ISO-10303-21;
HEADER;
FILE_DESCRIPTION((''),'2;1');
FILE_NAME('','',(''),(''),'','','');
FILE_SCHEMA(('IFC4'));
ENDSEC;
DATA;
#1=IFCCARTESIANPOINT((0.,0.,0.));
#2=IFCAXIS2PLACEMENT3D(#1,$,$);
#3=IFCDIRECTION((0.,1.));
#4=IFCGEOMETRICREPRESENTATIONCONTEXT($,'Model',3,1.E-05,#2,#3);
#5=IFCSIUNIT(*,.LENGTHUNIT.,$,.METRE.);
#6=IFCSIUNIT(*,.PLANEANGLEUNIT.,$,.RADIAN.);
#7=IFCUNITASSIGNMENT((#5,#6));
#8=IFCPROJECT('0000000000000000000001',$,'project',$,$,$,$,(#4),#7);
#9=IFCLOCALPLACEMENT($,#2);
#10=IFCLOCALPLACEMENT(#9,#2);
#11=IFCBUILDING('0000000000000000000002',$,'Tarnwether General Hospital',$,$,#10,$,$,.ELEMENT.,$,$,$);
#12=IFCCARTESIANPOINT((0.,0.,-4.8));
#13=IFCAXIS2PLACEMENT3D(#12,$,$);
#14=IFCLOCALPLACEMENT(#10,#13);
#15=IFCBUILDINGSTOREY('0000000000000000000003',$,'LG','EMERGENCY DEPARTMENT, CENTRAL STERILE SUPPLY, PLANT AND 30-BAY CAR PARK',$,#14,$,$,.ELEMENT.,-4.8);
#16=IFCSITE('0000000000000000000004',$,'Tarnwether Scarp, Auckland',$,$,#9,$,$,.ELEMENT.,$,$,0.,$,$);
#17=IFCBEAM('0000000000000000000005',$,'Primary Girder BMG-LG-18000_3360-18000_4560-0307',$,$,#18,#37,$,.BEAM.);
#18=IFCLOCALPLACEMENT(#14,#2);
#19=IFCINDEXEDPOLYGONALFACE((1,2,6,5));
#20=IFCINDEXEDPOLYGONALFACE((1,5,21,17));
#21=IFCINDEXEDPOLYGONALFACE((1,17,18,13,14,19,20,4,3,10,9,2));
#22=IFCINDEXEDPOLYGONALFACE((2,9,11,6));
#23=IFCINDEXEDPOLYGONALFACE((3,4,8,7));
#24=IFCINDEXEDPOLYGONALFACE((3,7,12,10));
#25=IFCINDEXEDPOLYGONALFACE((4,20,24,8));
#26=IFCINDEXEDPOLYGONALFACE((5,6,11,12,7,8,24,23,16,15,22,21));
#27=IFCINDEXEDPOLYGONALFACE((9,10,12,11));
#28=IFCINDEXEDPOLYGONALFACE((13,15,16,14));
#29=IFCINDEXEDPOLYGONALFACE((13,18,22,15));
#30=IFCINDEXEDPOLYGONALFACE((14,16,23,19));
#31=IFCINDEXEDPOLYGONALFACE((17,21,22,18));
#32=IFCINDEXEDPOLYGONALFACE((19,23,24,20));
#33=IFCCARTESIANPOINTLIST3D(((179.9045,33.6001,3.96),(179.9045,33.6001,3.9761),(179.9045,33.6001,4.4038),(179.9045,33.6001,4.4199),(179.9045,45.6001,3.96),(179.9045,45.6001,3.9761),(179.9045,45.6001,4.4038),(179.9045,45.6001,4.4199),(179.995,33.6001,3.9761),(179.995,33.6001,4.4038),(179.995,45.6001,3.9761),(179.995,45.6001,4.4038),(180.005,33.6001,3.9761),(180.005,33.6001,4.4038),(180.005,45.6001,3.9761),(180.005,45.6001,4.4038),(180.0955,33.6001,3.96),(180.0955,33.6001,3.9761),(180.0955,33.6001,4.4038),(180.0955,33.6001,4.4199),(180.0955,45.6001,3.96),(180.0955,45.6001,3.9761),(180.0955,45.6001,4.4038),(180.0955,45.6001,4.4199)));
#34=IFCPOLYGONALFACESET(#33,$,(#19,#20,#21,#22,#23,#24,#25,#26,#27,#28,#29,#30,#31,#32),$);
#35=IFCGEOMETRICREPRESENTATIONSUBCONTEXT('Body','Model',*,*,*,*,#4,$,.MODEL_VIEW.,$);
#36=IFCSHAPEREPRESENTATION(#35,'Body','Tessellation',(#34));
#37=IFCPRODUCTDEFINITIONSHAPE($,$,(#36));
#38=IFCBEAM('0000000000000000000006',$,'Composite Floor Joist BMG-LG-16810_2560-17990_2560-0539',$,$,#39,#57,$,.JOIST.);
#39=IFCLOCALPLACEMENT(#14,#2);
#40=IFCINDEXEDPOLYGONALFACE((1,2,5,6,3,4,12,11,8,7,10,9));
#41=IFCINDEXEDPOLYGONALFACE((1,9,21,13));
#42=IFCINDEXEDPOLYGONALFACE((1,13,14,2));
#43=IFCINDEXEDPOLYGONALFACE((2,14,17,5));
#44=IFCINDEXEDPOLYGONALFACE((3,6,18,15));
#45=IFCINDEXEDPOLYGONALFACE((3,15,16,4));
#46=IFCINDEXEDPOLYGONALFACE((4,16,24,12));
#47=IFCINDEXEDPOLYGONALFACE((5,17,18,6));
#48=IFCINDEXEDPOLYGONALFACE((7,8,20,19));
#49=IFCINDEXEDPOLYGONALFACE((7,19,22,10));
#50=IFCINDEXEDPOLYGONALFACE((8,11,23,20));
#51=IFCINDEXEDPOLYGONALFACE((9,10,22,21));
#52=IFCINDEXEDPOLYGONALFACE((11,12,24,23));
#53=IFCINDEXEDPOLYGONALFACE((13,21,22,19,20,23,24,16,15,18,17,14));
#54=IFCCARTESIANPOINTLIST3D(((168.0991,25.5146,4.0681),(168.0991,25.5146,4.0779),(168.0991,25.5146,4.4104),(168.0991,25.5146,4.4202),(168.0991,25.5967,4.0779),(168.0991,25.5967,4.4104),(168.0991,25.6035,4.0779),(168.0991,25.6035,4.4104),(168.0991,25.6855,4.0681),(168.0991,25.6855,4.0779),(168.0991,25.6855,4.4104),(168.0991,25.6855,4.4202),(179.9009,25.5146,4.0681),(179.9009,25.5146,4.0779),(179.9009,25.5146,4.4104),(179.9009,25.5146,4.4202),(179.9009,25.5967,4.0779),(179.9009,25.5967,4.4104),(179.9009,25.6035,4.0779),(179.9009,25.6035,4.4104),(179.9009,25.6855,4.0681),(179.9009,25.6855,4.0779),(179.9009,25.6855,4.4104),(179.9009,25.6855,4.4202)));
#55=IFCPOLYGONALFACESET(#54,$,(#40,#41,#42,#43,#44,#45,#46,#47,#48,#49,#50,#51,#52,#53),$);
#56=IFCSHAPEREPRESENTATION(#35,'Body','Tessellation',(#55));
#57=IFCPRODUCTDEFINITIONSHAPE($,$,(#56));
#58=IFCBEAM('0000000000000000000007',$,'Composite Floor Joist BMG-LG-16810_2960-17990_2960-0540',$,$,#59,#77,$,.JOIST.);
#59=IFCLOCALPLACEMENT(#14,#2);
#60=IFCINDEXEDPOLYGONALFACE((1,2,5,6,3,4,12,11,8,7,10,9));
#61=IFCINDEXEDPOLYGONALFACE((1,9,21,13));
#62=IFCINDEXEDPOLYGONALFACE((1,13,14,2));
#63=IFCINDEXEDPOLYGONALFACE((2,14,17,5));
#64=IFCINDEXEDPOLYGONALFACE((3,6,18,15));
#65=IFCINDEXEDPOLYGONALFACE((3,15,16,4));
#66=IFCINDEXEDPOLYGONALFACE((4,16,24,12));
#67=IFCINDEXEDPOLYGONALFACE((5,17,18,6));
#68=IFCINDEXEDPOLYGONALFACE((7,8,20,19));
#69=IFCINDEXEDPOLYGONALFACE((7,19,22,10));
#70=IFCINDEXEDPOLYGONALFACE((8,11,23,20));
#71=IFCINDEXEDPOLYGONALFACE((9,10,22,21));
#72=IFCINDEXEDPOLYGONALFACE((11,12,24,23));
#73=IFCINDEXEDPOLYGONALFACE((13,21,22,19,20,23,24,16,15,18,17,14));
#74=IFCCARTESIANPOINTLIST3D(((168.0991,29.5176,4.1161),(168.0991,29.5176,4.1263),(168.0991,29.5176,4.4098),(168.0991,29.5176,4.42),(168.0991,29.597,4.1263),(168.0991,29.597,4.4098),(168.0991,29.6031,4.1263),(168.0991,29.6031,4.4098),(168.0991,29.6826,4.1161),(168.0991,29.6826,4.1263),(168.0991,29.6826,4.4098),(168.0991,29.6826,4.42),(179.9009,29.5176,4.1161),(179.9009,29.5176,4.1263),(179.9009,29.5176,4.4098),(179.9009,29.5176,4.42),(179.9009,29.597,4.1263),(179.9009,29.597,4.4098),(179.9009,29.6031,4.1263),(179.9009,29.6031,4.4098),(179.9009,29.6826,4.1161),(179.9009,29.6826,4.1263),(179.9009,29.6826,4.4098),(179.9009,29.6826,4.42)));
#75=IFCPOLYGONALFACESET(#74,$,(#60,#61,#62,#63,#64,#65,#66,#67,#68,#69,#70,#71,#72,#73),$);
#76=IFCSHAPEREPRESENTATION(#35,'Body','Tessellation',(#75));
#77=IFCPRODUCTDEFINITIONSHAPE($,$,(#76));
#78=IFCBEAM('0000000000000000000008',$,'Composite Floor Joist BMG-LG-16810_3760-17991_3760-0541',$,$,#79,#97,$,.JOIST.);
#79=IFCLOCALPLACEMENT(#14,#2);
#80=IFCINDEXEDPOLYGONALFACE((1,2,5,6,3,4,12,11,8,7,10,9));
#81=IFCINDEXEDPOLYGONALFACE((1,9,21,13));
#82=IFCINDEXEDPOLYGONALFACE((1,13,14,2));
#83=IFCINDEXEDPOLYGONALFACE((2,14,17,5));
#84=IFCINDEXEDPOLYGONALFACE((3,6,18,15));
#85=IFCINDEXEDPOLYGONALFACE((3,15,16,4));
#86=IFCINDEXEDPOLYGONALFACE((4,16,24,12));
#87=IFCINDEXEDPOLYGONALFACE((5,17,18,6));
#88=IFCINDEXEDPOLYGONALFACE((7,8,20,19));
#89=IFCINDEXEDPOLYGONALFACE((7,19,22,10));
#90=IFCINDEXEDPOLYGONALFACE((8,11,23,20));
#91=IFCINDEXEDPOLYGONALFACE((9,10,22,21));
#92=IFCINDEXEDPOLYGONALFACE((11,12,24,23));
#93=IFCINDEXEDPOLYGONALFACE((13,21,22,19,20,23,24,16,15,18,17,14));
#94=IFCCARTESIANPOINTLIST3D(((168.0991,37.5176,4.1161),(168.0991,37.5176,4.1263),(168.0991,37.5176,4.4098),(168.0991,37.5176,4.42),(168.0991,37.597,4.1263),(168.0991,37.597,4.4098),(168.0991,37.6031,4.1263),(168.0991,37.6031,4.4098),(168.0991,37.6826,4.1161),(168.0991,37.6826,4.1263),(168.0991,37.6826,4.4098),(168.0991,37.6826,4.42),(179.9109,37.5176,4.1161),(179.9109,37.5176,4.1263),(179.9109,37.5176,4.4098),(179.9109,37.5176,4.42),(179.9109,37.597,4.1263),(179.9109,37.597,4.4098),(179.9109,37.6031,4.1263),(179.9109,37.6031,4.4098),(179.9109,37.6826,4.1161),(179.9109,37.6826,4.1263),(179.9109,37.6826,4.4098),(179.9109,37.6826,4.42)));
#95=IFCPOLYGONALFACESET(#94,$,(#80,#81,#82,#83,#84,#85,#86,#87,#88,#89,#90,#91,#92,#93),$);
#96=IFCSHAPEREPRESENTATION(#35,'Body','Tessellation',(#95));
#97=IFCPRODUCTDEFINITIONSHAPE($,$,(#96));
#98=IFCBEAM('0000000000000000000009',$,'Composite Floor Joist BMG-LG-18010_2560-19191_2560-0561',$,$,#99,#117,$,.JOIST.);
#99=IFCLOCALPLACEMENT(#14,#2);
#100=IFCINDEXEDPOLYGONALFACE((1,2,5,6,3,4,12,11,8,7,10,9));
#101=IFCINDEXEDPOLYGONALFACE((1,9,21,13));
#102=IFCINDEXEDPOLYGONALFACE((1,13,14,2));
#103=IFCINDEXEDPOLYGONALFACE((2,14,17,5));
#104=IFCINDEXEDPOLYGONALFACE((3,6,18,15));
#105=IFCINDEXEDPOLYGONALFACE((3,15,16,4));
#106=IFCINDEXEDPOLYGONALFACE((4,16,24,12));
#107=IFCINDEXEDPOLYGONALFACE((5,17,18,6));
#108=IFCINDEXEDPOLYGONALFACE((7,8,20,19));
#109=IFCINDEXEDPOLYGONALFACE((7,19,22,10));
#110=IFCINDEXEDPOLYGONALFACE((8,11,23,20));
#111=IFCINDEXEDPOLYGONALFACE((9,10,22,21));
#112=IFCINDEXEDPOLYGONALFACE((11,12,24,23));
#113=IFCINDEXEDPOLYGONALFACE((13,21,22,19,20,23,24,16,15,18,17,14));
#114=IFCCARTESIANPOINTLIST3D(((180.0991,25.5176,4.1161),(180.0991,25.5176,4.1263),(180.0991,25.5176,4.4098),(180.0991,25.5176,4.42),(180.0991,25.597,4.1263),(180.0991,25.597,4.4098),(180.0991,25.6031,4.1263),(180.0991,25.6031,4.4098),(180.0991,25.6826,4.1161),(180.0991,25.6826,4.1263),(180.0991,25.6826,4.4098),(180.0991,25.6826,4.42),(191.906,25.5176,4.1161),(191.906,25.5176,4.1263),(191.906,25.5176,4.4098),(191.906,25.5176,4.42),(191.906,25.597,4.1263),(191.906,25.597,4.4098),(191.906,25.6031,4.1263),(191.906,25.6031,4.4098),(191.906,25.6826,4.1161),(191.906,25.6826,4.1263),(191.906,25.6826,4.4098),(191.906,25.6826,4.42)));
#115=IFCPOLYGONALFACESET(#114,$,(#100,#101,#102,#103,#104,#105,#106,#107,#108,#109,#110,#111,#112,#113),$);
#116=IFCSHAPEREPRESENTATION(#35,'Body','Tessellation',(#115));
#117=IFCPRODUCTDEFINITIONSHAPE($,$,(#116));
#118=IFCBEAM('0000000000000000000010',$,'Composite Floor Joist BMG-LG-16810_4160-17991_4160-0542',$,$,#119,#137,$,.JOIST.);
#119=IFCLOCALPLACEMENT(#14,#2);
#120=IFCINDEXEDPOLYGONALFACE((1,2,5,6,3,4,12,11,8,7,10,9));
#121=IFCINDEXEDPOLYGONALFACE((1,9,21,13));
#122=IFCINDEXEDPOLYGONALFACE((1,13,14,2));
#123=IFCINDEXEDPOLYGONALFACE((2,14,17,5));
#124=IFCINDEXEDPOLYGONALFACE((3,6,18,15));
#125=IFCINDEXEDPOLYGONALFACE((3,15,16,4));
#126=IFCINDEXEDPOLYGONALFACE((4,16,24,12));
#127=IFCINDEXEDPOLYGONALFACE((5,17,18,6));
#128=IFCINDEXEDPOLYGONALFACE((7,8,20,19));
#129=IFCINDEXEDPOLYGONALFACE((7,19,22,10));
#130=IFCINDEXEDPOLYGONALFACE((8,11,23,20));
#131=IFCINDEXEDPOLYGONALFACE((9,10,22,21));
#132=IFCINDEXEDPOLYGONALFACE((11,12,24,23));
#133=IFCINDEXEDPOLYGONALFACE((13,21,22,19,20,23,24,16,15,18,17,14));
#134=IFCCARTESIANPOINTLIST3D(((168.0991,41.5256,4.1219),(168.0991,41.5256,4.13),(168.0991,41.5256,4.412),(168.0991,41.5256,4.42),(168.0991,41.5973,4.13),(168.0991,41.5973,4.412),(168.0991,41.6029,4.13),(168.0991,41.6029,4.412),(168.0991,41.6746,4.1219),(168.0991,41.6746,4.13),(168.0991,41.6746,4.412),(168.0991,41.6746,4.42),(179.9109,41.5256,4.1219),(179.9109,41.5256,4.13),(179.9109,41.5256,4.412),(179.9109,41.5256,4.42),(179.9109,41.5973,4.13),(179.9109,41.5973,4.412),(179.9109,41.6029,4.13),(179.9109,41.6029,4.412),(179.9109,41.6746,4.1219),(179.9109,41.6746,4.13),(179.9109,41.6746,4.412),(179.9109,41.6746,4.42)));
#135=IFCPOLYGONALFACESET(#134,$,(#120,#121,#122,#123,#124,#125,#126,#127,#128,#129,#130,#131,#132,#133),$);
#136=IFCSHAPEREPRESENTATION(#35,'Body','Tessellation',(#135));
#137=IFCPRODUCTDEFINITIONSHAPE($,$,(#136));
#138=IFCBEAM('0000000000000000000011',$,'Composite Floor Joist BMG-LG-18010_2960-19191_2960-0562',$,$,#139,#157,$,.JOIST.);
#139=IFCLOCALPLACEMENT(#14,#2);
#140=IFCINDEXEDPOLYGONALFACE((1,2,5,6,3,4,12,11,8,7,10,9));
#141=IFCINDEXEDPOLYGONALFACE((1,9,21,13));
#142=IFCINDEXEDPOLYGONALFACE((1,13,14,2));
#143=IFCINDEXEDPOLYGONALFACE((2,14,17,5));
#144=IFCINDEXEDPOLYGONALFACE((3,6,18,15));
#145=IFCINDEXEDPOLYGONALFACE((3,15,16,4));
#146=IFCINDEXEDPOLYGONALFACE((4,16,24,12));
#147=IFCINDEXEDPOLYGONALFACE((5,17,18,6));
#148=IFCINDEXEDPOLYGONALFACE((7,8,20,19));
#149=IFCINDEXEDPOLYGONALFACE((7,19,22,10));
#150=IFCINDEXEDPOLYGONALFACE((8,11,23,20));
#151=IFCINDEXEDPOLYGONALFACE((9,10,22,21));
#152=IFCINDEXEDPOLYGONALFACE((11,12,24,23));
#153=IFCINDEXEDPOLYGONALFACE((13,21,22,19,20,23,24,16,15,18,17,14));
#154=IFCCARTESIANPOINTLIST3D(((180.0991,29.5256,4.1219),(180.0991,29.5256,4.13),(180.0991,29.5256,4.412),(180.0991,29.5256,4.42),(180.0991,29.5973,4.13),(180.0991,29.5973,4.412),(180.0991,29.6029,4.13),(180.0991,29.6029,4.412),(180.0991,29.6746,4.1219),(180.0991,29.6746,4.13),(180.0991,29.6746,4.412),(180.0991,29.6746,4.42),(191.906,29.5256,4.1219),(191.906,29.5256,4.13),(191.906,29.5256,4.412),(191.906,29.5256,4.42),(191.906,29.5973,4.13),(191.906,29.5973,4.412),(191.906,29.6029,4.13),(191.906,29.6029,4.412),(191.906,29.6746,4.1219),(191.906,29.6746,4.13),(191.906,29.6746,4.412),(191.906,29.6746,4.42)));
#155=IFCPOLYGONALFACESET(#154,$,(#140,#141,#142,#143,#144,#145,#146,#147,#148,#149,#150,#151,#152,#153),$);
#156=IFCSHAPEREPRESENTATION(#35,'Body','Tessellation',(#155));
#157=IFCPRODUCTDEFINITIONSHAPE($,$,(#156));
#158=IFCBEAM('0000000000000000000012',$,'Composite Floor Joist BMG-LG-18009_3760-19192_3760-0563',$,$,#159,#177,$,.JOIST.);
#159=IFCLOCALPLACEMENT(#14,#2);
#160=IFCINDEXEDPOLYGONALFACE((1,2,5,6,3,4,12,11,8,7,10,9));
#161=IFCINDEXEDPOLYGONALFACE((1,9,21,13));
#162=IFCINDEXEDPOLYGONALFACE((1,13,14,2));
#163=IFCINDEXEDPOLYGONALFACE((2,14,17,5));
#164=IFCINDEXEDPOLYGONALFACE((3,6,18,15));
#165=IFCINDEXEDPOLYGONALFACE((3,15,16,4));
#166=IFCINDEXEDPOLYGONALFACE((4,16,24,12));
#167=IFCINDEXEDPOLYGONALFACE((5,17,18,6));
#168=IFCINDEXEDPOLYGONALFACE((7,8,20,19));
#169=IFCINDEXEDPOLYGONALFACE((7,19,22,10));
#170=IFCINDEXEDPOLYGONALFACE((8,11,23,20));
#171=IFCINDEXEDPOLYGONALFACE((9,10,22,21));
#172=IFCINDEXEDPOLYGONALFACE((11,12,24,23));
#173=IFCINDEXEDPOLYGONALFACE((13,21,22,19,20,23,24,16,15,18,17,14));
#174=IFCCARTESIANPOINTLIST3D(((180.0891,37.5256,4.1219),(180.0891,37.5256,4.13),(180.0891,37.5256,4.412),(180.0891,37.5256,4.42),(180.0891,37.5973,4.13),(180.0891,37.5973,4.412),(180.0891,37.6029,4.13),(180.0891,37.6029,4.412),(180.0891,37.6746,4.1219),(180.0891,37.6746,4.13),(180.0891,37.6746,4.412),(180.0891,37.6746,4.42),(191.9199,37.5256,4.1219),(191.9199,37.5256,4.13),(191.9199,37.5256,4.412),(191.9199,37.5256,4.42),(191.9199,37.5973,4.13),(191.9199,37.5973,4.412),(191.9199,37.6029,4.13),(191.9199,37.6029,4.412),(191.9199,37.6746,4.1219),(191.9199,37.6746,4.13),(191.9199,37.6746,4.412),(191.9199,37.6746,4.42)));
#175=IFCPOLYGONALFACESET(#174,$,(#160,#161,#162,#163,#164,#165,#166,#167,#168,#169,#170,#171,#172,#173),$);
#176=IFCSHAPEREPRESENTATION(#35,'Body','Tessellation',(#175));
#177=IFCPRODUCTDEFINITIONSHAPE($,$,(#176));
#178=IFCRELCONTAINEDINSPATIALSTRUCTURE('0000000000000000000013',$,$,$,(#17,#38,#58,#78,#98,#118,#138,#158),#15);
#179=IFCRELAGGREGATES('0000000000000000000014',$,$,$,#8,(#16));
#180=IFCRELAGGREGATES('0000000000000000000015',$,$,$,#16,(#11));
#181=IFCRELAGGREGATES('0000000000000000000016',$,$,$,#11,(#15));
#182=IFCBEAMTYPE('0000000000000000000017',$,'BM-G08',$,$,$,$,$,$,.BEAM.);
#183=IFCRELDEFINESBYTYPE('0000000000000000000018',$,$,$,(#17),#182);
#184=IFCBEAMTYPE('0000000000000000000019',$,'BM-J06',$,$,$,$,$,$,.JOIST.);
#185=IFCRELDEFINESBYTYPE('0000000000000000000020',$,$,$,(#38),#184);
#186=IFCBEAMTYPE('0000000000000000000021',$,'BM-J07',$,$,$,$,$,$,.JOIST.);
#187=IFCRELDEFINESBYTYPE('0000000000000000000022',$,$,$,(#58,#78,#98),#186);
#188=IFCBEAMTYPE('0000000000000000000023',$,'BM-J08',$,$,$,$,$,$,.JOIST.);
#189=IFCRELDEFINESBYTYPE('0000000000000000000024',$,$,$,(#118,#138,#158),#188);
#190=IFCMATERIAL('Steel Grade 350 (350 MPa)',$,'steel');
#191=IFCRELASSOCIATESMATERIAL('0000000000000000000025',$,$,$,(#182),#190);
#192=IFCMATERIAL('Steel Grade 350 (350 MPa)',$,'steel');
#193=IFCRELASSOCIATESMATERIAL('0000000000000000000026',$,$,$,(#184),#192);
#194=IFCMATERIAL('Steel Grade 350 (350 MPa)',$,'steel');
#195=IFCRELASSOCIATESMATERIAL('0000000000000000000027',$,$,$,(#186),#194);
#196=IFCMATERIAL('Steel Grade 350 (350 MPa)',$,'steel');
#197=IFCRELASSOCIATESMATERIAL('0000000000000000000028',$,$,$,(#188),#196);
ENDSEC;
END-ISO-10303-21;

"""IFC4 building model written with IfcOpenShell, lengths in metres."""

from ifc_helpers import new_model, si_unit, direction, frame, origin, origin_2d, place, context, subcontext, project, spatial, i_section, extrude, material, material_profile, profile_set, type_object, element, save


model = new_model("IFC4")

# Units and contexts
model_context = context("Model", 3, precision=1e-05, world=origin(), true_north=direction((0.0, 1.0)))
body_context = subcontext(model_context, "Body", "Model", "MODEL_VIEW")
ifc_project = project(units=[si_unit("LENGTHUNIT", "METRE"), si_unit("PLANEANGLEUNIT", "RADIAN")], contexts=[model_context])

# Site, building, storey
site_placement = place(None, origin())
site = spatial("IfcSite", under=ifc_project, at=site_placement, Name="Tarnwether Scarp, Auckland", CompositionType="ELEMENT", RefElevation=0.0)
building_placement = place(site_placement, origin())
building = spatial("IfcBuilding", under=site, at=building_placement, Name="Tarnwether General Hospital", CompositionType="ELEMENT")
storey_placement = place(building_placement, frame((0.0, 0.0, -4.8)))
storey = spatial("IfcBuildingStorey", under=building, at=storey_placement, Name="LG", Description="EMERGENCY DEPARTMENT, CENTRAL STERILE SUPPLY, PLANT AND 30-BAY CAR PARK", CompositionType="ELEMENT", Elevation=-4.8)

# Beams
ifc_material_1 = material(Name="Steel Grade 350 (350 MPa)", Category="steel")
ifc_material_profile_1 = material_profile(ifc_material_1, i_section(OverallWidth=0.1909, OverallDepth=0.46, WebThickness=0.01, FlangeThickness=0.0161, at=origin_2d()), Name="460UB82.1")
ifc_profile_set_1 = profile_set([ifc_material_profile_1], Name="Steel Grade 350 (350 MPa)")
beam_type_1 = type_object("IfcBeamType", Name="BM-G08", PredefinedType="BEAM", material=ifc_profile_set_1)
beam_1_placement = place(storey_placement, frame((180.0, 33.6001, 4.1899), z_axis=(0.0, 1.0, 0.0), x_axis=(-1.0, 0.0, 0.0)))
element("IfcBeam", 1, at=beam_1_placement, inside=storey, type_object=beam_type_1, Name="Primary Girder BMG-LG-18000_3360-18000_4560-0307", PredefinedType="BEAM", context=body_context, shape_type="SweptSolid", body=[
    extrude(i_section(OverallWidth=0.1909, OverallDepth=0.46, WebThickness=0.01, FlangeThickness=0.0161, at=origin_2d()), origin(), (0.0, 0.0, 1.0), 12.0),
])
ifc_material_2 = material(Name="Steel Grade 350 (350 MPa)", Category="steel")
ifc_material_profile_2 = material_profile(ifc_material_2, i_section(OverallWidth=0.1709, OverallDepth=0.3521, WebThickness=0.0068, FlangeThickness=0.0098, at=origin_2d()), Name="360UB44.7")
ifc_profile_set_2 = profile_set([ifc_material_profile_2], Name="Steel Grade 350 (350 MPa)")
beam_type_2 = type_object("IfcBeamType", Name="BM-J06", PredefinedType="JOIST", material=ifc_profile_set_2)
beam_2_placement = place(storey_placement, frame((168.0991, 25.6001, 4.2441), z_axis=(1.0, 0.0, 0.0), x_axis=(0.0, 1.0, 0.0)))
element("IfcBeam", 2, at=beam_2_placement, inside=storey, type_object=beam_type_2, Name="Composite Floor Joist BMG-LG-16810_2560-17990_2560-0539", PredefinedType="JOIST", context=body_context, shape_type="SweptSolid", body=[
    extrude(i_section(OverallWidth=0.1709, OverallDepth=0.3521, WebThickness=0.0068, FlangeThickness=0.0098, at=origin_2d()), origin(), (0.0, 0.0, 1.0), 11.8018),
])
ifc_material_3 = material(Name="Steel Grade 350 (350 MPa)", Category="steel")
ifc_material_profile_3 = material_profile(ifc_material_3, i_section(OverallWidth=0.165, OverallDepth=0.304, WebThickness=0.0061, FlangeThickness=0.0103, at=origin_2d()), Name="310UB40.4")
ifc_profile_set_3 = profile_set([ifc_material_profile_3], Name="Steel Grade 350 (350 MPa)")
beam_type_3 = type_object("IfcBeamType", Name="BM-J07", PredefinedType="JOIST", material=ifc_profile_set_3)
beam_3_placement = place(storey_placement, frame((168.0991, 29.6001, 4.2681), z_axis=(1.0, 0.0, 0.0), x_axis=(0.0, 1.0, 0.0)))
element("IfcBeam", 3, at=beam_3_placement, inside=storey, type_object=beam_type_3, Name="Composite Floor Joist BMG-LG-16810_2960-17990_2960-0540", PredefinedType="JOIST", context=body_context, shape_type="SweptSolid", body=[
    extrude(i_section(OverallWidth=0.165, OverallDepth=0.304, WebThickness=0.0061, FlangeThickness=0.0103, at=origin_2d()), origin(), (0.0, 0.0, 1.0), 11.8018),
])
beam_4_placement = place(storey_placement, frame((168.0991, 37.6001, 4.2681), z_axis=(1.0, 0.0, 0.0), x_axis=(0.0, 1.0, 0.0)))
element("IfcBeam", 4, at=beam_4_placement, inside=storey, type_object=beam_type_3, Name="Composite Floor Joist BMG-LG-16810_3760-17991_3760-0541", PredefinedType="JOIST", context=body_context, shape_type="SweptSolid", body=[
    extrude(i_section(OverallWidth=0.165, OverallDepth=0.304, WebThickness=0.0061, FlangeThickness=0.0103, at=origin_2d()), origin(), (0.0, 0.0, 1.0), 11.8118),
])
beam_5_placement = place(storey_placement, frame((180.0991, 25.6001, 4.2681), z_axis=(1.0, 0.0, 0.0), x_axis=(0.0, 1.0, 0.0)))
element("IfcBeam", 5, at=beam_5_placement, inside=storey, type_object=beam_type_3, Name="Composite Floor Joist BMG-LG-18010_2560-19191_2560-0561", PredefinedType="JOIST", context=body_context, shape_type="SweptSolid", body=[
    extrude(i_section(OverallWidth=0.165, OverallDepth=0.304, WebThickness=0.0061, FlangeThickness=0.0103, at=origin_2d()), origin(), (0.0, 0.0, 1.0), 11.8069),
])
ifc_material_4 = material(Name="Steel Grade 350 (350 MPa)", Category="steel")
ifc_material_profile_4 = material_profile(ifc_material_4, i_section(OverallWidth=0.1489, OverallDepth=0.2981, WebThickness=0.0056, FlangeThickness=0.0081, at=origin_2d()), Name="310UB32.0")
ifc_profile_set_4 = profile_set([ifc_material_profile_4], Name="Steel Grade 350 (350 MPa)")
beam_type_4 = type_object("IfcBeamType", Name="BM-J08", PredefinedType="JOIST", material=ifc_profile_set_4)
beam_6_placement = place(storey_placement, frame((168.0991, 41.6001, 4.271), z_axis=(1.0, 0.0, 0.0), x_axis=(0.0, 1.0, 0.0)))
element("IfcBeam", 6, at=beam_6_placement, inside=storey, type_object=beam_type_4, Name="Composite Floor Joist BMG-LG-16810_4160-17991_4160-0542", PredefinedType="JOIST", context=body_context, shape_type="SweptSolid", body=[
    extrude(i_section(OverallWidth=0.1489, OverallDepth=0.2981, WebThickness=0.0056, FlangeThickness=0.0081, at=origin_2d()), origin(), (0.0, 0.0, 1.0), 11.8118),
])
beam_7_placement = place(storey_placement, frame((180.0991, 29.6001, 4.271), z_axis=(1.0, 0.0, 0.0), x_axis=(0.0, 1.0, 0.0)))
element("IfcBeam", 7, at=beam_7_placement, inside=storey, type_object=beam_type_4, Name="Composite Floor Joist BMG-LG-18010_2960-19191_2960-0562", PredefinedType="JOIST", context=body_context, shape_type="SweptSolid", body=[
    extrude(i_section(OverallWidth=0.1489, OverallDepth=0.2981, WebThickness=0.0056, FlangeThickness=0.0081, at=origin_2d()), origin(), (0.0, 0.0, 1.0), 11.8069),
])
beam_8_placement = place(storey_placement, frame((180.0891, 37.6001, 4.271), z_axis=(1.0, 0.0, 0.0), x_axis=(0.0, 1.0, 0.0)))
element("IfcBeam", 8, at=beam_8_placement, inside=storey, type_object=beam_type_4, Name="Composite Floor Joist BMG-LG-18009_3760-19192_3760-0563", PredefinedType="JOIST", context=body_context, shape_type="SweptSolid", body=[
    extrude(i_section(OverallWidth=0.1489, OverallDepth=0.2981, WebThickness=0.0056, FlangeThickness=0.0081, at=origin_2d()), origin(), (0.0, 0.0, 1.0), 11.8308),
])

save(model, "model.ifc")
